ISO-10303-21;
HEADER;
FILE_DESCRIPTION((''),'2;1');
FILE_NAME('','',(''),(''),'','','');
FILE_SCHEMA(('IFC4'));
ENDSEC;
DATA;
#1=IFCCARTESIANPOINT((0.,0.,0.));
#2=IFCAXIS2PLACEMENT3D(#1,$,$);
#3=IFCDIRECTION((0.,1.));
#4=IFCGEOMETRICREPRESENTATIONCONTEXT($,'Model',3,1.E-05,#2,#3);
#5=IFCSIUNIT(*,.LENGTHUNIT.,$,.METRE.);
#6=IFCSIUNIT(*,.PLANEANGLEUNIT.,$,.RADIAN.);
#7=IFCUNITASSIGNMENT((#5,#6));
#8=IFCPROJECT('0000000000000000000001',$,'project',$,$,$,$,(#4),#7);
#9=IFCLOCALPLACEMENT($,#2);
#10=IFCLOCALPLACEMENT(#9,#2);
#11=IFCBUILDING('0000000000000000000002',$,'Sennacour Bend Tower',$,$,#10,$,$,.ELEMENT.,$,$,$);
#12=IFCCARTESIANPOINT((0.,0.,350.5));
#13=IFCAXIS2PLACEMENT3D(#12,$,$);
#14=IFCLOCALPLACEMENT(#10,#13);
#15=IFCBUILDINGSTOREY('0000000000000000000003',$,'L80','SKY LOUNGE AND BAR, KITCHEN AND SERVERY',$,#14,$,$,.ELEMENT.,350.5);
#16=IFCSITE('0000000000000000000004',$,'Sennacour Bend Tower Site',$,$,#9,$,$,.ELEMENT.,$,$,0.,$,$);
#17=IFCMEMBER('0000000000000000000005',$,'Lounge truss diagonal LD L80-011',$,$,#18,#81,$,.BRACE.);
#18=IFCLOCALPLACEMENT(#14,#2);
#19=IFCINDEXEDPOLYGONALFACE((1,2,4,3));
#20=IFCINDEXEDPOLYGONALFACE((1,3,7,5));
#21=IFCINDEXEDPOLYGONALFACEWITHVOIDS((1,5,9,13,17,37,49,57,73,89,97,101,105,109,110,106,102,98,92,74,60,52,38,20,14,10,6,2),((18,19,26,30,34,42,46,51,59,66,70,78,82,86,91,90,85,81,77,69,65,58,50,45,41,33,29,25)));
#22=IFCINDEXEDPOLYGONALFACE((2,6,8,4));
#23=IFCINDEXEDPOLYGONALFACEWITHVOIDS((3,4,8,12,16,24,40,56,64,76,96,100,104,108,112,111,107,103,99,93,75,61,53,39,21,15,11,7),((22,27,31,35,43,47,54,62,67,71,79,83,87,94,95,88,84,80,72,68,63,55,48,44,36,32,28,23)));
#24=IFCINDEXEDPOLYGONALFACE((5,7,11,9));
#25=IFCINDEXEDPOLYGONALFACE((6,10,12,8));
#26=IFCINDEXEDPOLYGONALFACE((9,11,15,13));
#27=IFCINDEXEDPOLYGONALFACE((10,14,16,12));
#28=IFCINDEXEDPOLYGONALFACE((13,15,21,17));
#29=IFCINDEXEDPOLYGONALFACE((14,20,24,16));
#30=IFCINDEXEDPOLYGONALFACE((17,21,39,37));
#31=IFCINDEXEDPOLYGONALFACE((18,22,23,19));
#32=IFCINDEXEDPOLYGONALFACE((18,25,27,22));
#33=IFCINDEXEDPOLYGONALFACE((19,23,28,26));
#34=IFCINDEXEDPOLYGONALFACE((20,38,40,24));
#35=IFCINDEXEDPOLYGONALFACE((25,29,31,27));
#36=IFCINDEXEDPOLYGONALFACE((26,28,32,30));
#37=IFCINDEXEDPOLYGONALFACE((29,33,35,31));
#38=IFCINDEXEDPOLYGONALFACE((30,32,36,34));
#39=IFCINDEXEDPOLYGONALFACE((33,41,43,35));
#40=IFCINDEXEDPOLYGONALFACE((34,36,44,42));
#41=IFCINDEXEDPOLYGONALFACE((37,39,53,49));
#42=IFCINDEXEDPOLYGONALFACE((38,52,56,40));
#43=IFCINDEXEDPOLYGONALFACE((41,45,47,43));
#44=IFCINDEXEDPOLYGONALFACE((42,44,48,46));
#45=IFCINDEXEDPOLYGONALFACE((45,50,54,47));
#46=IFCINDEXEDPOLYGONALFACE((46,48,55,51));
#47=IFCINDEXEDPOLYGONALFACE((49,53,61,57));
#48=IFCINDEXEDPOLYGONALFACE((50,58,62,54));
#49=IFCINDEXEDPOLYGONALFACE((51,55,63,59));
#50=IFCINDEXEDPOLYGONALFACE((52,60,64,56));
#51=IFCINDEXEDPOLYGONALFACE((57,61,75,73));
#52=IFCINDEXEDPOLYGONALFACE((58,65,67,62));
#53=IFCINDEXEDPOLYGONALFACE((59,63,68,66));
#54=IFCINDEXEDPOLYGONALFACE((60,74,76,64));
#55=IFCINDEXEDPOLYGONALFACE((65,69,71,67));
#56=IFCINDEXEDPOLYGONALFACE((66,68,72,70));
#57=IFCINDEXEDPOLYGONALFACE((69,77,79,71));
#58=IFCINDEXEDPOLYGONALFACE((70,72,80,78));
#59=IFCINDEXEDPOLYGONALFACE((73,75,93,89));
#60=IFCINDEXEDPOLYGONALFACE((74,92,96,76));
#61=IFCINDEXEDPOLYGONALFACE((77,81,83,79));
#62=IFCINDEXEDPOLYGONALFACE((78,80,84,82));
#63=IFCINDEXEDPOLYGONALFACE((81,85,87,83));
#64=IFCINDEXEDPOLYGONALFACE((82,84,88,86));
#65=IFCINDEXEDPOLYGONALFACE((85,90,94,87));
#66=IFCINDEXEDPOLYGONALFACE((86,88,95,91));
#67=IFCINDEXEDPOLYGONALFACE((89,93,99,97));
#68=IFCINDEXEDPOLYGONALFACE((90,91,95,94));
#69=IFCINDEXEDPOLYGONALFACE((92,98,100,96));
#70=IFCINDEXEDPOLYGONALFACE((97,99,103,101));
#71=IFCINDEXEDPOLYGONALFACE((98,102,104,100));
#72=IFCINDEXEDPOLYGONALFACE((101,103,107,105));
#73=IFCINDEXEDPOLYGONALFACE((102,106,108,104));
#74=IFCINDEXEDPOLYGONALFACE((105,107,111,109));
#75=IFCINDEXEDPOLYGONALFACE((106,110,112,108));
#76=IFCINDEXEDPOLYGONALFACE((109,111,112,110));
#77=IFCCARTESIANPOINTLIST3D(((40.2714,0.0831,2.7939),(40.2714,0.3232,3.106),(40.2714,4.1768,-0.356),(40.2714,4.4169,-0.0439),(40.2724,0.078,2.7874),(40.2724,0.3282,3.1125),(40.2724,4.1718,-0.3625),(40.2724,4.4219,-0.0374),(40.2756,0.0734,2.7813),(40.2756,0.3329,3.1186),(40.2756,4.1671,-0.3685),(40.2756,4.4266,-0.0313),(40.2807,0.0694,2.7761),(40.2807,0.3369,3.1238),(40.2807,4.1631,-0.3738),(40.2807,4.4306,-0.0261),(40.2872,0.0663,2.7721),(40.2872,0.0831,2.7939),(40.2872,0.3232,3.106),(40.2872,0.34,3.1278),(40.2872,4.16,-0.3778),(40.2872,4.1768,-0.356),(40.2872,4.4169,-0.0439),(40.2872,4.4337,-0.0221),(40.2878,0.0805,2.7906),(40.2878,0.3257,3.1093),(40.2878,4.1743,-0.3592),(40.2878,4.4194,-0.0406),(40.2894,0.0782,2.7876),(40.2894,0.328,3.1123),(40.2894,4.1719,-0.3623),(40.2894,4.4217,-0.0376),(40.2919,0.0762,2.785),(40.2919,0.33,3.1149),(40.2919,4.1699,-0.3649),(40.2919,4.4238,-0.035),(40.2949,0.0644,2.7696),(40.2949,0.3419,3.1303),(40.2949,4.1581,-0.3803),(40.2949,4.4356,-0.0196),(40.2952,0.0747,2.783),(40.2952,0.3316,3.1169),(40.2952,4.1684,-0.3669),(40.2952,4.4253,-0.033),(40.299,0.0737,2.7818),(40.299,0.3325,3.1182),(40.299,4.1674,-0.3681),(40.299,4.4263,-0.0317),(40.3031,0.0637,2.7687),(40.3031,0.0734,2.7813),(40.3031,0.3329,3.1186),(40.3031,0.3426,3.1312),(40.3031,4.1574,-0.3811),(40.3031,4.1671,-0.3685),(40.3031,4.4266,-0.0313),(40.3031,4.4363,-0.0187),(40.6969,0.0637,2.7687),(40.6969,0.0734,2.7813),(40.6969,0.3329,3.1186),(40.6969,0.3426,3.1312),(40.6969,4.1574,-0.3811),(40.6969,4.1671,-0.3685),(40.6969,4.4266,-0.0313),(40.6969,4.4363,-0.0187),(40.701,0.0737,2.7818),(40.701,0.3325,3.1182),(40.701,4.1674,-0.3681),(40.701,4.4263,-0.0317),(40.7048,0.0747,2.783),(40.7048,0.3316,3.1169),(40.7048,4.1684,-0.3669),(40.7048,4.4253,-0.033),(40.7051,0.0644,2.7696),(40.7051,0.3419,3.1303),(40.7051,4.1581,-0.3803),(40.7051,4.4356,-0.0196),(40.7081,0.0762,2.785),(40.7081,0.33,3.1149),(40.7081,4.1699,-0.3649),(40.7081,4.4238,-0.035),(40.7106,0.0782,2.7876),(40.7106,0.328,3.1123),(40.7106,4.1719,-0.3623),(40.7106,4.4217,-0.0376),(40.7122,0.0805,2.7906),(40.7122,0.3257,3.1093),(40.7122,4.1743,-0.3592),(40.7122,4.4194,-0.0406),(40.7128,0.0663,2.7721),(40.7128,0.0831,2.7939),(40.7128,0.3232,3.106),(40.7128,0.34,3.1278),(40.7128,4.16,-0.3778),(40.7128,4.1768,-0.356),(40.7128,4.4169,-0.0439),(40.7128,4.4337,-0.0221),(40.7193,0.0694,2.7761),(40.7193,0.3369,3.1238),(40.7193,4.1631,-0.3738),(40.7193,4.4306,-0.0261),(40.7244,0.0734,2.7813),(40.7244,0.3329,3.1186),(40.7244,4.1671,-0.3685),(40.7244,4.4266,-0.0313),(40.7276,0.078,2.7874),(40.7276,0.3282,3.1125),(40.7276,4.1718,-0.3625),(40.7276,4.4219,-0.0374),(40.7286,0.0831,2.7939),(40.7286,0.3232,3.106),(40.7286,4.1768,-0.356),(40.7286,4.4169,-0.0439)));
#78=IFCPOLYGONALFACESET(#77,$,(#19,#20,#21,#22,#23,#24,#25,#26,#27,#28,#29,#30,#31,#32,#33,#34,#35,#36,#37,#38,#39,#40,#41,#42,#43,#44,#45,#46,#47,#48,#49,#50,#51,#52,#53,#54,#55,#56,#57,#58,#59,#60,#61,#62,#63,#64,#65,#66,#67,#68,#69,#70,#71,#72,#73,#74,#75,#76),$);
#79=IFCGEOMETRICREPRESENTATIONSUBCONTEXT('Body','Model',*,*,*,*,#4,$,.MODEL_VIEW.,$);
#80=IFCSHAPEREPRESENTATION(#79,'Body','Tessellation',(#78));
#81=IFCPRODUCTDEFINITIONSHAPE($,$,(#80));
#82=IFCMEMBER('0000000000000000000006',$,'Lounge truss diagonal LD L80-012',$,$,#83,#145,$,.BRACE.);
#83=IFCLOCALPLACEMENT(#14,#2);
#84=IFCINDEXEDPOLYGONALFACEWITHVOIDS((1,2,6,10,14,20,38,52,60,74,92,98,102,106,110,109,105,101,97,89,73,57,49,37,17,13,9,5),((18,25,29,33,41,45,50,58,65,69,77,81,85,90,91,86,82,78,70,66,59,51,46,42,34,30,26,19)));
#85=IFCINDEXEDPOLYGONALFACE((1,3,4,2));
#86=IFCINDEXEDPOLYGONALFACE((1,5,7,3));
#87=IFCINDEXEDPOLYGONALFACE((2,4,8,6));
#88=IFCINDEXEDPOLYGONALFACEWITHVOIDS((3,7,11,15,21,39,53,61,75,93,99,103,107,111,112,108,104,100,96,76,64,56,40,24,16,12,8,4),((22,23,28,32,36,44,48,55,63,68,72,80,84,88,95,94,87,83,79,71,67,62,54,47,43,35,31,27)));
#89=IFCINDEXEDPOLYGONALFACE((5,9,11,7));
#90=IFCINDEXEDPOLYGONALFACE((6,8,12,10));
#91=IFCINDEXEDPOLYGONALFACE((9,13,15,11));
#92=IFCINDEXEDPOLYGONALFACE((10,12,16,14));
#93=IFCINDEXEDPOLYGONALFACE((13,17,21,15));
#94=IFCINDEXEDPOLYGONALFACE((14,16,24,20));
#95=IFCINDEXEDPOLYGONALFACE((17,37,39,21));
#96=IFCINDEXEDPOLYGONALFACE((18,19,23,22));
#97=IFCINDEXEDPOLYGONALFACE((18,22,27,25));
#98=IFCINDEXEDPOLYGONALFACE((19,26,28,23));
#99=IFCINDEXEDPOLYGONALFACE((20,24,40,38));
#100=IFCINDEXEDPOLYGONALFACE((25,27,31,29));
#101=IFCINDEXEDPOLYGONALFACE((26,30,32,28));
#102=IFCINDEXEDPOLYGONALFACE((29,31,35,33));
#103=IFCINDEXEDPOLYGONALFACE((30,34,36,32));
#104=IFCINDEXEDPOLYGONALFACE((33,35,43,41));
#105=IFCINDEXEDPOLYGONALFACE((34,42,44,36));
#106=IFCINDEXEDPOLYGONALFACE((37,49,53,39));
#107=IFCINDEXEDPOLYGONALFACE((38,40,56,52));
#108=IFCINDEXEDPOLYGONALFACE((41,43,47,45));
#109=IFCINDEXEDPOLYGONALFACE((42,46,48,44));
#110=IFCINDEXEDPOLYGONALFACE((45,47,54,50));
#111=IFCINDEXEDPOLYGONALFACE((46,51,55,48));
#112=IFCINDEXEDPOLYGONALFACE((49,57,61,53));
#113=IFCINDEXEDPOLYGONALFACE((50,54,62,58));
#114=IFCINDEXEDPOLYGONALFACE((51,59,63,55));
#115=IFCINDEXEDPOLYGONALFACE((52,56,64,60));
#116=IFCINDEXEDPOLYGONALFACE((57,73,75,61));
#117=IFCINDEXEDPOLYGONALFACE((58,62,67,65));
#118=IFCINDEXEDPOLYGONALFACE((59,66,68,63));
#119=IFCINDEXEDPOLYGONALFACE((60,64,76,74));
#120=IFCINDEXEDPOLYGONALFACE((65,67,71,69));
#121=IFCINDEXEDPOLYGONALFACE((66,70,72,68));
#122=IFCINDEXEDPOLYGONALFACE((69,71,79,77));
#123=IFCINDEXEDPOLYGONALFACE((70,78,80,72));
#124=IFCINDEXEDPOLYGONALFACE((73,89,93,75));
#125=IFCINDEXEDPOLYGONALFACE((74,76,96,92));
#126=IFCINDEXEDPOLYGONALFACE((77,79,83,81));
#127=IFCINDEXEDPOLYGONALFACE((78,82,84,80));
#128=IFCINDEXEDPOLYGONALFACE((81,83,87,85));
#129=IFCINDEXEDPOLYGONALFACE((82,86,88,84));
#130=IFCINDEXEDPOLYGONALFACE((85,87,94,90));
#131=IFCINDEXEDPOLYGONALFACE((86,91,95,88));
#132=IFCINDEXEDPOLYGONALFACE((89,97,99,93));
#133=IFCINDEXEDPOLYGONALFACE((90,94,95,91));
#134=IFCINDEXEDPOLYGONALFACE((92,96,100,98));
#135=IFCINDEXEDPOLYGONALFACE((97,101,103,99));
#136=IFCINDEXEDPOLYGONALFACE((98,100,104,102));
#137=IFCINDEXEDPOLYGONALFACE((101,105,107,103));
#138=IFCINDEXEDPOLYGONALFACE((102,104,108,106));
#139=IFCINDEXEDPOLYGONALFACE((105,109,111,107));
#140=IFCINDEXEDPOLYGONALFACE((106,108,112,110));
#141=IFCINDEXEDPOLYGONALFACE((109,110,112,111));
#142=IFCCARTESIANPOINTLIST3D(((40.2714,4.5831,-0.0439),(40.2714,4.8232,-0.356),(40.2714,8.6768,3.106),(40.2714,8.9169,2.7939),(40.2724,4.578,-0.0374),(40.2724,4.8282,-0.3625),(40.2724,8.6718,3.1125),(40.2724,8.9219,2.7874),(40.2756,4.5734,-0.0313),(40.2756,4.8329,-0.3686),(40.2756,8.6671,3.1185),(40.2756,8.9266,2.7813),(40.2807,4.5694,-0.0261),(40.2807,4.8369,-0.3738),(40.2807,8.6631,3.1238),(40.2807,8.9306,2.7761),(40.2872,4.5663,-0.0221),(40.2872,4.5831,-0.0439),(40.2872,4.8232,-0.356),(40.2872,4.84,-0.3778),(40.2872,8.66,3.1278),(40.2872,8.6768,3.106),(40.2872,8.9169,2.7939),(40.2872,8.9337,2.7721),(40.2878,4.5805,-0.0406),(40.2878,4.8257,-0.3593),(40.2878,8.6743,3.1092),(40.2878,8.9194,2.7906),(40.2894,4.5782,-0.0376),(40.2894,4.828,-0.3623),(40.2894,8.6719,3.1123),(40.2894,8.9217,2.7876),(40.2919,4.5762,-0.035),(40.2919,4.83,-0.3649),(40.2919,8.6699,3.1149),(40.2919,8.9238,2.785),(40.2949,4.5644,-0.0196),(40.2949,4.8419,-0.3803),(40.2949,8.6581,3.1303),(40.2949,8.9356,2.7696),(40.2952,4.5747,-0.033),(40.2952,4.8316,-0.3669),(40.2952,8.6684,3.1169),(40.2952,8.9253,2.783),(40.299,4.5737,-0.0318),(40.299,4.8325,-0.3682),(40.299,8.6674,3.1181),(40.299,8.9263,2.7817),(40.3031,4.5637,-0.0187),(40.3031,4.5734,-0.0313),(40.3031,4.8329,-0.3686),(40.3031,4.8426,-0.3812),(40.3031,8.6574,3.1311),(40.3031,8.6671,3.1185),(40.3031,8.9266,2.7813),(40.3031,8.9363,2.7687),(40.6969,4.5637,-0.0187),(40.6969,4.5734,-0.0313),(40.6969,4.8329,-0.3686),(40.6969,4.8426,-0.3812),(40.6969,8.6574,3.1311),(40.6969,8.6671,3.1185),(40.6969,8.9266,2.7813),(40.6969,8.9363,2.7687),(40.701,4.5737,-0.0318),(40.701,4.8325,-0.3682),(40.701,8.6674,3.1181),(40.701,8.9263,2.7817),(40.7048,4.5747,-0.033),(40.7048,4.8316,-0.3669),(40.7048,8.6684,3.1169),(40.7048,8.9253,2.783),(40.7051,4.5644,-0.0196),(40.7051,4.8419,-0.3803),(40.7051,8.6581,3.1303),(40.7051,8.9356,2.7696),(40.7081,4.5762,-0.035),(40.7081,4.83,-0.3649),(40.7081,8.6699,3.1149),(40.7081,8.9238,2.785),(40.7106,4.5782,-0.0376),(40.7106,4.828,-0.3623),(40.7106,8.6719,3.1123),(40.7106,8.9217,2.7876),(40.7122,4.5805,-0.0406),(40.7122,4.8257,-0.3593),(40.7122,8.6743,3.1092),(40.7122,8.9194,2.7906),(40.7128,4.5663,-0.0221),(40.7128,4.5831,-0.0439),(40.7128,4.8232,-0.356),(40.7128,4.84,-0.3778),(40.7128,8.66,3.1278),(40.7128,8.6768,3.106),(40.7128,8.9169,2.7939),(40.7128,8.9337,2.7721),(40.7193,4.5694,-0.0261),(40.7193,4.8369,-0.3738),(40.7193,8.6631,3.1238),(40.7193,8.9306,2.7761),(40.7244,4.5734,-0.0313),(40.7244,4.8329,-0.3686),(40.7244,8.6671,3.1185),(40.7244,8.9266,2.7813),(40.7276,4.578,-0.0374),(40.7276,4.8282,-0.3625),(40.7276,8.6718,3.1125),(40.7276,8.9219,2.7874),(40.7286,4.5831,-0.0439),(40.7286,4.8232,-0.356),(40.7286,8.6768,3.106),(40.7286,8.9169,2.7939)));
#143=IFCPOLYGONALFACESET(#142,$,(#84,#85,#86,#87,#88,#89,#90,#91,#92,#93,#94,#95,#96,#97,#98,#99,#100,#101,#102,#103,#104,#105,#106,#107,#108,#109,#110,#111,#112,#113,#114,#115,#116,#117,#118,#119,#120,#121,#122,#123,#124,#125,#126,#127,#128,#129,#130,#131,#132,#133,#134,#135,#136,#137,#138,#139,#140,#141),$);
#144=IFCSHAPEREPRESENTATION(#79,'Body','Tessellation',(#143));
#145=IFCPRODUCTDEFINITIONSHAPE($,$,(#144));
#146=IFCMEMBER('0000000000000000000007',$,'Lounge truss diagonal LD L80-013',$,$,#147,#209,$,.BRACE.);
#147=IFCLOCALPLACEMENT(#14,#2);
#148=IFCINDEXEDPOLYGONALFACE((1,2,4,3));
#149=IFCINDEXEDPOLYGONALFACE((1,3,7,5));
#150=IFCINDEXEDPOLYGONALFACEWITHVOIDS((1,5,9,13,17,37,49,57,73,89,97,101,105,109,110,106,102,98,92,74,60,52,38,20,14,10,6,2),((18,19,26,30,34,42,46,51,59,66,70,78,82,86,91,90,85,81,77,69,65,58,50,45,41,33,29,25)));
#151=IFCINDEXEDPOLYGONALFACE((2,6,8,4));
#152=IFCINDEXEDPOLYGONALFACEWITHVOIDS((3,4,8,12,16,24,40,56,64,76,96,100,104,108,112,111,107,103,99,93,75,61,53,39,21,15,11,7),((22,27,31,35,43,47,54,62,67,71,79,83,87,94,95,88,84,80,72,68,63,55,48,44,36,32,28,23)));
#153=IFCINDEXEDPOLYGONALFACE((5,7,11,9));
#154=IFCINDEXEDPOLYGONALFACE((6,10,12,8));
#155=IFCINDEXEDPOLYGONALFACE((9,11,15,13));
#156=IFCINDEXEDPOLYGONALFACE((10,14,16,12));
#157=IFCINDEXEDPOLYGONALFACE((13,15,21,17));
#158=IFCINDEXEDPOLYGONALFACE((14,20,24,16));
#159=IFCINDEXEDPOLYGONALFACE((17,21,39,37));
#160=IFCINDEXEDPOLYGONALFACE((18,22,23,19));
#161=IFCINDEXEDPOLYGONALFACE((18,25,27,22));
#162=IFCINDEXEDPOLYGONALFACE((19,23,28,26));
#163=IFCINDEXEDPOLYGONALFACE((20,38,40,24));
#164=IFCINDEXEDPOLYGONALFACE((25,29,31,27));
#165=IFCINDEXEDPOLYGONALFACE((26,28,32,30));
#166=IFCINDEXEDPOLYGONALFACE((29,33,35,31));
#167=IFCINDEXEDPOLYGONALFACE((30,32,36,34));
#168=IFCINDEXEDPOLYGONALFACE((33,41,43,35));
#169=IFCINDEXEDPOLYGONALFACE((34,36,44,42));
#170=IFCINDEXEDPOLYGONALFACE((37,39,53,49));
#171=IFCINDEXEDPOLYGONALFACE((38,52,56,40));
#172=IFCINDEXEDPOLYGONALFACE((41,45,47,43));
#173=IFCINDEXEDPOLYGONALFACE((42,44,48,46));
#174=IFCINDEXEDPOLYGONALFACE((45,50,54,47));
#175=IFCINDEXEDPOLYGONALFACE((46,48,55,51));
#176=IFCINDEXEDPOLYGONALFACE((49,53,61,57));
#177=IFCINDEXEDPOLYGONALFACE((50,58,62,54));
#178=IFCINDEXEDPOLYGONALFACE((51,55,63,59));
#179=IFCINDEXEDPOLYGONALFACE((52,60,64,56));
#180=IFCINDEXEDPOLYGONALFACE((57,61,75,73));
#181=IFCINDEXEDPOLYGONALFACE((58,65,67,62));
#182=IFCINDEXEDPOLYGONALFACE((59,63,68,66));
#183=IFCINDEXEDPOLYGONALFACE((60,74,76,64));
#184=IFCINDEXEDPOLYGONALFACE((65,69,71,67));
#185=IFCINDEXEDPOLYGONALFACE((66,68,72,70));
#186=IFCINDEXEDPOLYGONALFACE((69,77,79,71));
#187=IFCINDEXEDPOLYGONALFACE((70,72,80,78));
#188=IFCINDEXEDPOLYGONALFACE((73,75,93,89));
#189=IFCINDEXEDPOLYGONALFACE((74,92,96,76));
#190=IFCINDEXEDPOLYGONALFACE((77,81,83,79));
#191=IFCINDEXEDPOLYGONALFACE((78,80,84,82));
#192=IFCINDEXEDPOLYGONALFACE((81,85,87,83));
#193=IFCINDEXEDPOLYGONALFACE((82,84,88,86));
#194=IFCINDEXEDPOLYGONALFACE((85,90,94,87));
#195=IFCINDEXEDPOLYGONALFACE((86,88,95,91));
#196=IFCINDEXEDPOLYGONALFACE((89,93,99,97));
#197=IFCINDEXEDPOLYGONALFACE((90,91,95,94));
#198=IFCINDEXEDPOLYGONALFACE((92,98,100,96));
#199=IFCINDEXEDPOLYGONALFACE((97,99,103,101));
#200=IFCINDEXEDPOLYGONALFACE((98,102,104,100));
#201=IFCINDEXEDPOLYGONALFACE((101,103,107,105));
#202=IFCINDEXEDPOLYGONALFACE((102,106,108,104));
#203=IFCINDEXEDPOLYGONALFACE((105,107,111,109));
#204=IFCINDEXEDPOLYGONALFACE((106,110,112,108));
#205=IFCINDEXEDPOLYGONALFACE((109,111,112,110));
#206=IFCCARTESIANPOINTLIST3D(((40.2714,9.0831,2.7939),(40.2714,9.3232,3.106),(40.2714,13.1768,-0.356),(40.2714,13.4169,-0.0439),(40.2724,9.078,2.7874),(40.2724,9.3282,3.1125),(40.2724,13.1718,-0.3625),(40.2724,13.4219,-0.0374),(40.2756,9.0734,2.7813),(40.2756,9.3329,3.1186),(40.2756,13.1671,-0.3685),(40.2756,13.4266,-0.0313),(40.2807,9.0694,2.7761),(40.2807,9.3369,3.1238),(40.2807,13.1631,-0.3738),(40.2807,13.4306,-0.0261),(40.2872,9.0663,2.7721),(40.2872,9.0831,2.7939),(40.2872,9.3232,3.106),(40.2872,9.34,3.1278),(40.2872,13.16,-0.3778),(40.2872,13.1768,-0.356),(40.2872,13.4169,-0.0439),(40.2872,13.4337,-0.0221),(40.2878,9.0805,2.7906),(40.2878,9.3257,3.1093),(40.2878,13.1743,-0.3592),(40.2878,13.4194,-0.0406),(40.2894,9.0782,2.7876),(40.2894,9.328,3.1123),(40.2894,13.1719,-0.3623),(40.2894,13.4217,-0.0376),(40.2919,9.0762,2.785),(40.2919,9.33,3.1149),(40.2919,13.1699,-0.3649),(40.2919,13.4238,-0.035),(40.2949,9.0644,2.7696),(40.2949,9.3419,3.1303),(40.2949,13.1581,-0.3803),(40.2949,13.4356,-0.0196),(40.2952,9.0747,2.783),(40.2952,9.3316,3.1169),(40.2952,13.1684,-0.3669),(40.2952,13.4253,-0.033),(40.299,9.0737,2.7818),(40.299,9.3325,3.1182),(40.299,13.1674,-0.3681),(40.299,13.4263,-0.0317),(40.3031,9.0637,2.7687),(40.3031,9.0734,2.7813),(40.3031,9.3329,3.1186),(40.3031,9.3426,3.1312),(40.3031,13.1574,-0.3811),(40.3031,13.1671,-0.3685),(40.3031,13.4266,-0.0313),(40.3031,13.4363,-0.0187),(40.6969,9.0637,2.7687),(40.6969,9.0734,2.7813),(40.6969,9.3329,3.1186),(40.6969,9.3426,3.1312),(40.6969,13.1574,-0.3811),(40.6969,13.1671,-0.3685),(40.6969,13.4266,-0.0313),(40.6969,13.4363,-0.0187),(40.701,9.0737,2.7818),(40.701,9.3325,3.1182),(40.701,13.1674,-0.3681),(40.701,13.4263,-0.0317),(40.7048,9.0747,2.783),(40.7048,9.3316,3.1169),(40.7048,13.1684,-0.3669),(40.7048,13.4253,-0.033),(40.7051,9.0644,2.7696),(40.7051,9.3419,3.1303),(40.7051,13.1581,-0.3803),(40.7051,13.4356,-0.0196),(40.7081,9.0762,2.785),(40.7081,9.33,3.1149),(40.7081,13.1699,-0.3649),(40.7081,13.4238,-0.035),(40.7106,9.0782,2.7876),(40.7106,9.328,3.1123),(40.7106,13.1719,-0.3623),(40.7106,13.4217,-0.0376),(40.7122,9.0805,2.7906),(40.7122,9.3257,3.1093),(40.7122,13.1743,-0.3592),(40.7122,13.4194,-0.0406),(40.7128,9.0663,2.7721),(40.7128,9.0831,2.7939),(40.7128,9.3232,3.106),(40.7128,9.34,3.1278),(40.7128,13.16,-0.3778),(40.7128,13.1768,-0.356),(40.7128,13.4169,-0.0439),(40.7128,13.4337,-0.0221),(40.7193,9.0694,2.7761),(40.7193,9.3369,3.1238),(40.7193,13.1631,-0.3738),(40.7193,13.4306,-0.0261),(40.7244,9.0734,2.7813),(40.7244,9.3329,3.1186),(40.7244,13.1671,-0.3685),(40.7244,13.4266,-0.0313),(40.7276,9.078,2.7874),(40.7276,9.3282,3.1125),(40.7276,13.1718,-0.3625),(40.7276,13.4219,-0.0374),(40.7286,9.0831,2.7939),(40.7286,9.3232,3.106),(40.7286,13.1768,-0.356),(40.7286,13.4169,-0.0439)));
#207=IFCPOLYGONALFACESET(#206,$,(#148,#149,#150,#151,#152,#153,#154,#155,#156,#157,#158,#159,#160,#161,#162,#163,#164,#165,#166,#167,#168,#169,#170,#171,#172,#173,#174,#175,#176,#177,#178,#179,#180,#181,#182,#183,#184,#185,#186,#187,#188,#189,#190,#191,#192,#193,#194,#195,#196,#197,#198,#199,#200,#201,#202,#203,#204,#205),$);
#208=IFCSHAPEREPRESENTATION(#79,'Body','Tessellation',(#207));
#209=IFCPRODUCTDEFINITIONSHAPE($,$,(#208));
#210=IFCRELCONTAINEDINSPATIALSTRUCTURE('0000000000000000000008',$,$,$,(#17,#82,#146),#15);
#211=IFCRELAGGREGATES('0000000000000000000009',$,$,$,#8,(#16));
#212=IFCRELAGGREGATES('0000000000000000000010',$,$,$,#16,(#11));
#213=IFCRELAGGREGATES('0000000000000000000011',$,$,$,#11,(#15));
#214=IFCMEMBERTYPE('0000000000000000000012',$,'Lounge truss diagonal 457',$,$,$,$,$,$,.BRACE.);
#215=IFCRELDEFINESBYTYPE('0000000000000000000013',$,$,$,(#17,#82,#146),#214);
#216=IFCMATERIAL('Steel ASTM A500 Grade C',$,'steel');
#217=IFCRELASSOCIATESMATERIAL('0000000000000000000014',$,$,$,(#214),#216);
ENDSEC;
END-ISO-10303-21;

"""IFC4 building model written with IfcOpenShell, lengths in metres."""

from ifc_helpers import new_model, si_unit, direction, frame, origin, origin_2d, place, context, subcontext, project, spatial, hollow_rectangle, extrude, material, material_profile, profile_set, type_object, element, save


model = new_model("IFC4")

# Units and contexts
model_context = context("Model", 3, precision=1e-05, world=origin(), true_north=direction((0.0, 1.0)))
body_context = subcontext(model_context, "Body", "Model", "MODEL_VIEW")
ifc_project = project(units=[si_unit("LENGTHUNIT", "METRE"), si_unit("PLANEANGLEUNIT", "RADIAN")], contexts=[model_context])

# Site, building, storey
site_placement = place(None, origin())
site = spatial("IfcSite", under=ifc_project, at=site_placement, Name="Sennacour Bend Tower Site", CompositionType="ELEMENT", RefElevation=0.0)
building_placement = place(site_placement, origin())
building = spatial("IfcBuilding", under=site, at=building_placement, Name="Sennacour Bend Tower", CompositionType="ELEMENT")
storey_placement = place(building_placement, frame((0.0, 0.0, 350.5)))
storey = spatial("IfcBuildingStorey", under=building, at=storey_placement, Name="L80", Description="SKY LOUNGE AND BAR, KITCHEN AND SERVERY", CompositionType="ELEMENT", Elevation=350.5)

# Members
ifc_material_1 = material(Name="Steel ASTM A500 Grade C", Category="steel")
ifc_material_profile_1 = material_profile(ifc_material_1, hollow_rectangle(XDim=0.4573, YDim=0.4573, WallThickness=0.0159, InnerFilletRadius=0.0159, OuterFilletRadius=0.0317, at=origin_2d()), Name="Steel ASTM A500 Grade C", Category="steel")
ifc_profile_set_1 = profile_set([ifc_material_profile_1], Name="Steel ASTM A500 Grade C")
member_type_1 = type_object("IfcMemberType", Name="Lounge truss diagonal 457", PredefinedType="BRACE", material=ifc_profile_set_1)
for number, where, z_axis, x_axis, name in (
    (1, (40.5, 0.2031, 2.95), (0.0, 0.792543, -0.609816), (-1.0, 0.0, 0.0), "Lounge truss diagonal LD L80-011"),
    (2, (40.5, 4.7031, -0.2), (0.0, 0.792543, 0.609816), (-1.0, 0.0, 0.0), "Lounge truss diagonal LD L80-012"),
    (3, (40.5, 9.2031, 2.95), (0.0, 0.792543, -0.609816), (-1.0, 0.0, 0.0), "Lounge truss diagonal LD L80-013"),
):
    element("IfcMember", number, at=place(storey_placement, frame(where, z_axis=z_axis, x_axis=x_axis)), inside=storey, type_object=member_type_1, Name=name, PredefinedType="BRACE", context=body_context, shape_type="SweptSolid", body=[
        extrude(hollow_rectangle(XDim=0.4573, YDim=0.4573, WallThickness=0.0159, InnerFilletRadius=0.0159, OuterFilletRadius=0.0317, at=origin_2d()), origin(), (0.0, 0.0, 1.0), 5.1653),
    ])

save(model, "model.ifc")
